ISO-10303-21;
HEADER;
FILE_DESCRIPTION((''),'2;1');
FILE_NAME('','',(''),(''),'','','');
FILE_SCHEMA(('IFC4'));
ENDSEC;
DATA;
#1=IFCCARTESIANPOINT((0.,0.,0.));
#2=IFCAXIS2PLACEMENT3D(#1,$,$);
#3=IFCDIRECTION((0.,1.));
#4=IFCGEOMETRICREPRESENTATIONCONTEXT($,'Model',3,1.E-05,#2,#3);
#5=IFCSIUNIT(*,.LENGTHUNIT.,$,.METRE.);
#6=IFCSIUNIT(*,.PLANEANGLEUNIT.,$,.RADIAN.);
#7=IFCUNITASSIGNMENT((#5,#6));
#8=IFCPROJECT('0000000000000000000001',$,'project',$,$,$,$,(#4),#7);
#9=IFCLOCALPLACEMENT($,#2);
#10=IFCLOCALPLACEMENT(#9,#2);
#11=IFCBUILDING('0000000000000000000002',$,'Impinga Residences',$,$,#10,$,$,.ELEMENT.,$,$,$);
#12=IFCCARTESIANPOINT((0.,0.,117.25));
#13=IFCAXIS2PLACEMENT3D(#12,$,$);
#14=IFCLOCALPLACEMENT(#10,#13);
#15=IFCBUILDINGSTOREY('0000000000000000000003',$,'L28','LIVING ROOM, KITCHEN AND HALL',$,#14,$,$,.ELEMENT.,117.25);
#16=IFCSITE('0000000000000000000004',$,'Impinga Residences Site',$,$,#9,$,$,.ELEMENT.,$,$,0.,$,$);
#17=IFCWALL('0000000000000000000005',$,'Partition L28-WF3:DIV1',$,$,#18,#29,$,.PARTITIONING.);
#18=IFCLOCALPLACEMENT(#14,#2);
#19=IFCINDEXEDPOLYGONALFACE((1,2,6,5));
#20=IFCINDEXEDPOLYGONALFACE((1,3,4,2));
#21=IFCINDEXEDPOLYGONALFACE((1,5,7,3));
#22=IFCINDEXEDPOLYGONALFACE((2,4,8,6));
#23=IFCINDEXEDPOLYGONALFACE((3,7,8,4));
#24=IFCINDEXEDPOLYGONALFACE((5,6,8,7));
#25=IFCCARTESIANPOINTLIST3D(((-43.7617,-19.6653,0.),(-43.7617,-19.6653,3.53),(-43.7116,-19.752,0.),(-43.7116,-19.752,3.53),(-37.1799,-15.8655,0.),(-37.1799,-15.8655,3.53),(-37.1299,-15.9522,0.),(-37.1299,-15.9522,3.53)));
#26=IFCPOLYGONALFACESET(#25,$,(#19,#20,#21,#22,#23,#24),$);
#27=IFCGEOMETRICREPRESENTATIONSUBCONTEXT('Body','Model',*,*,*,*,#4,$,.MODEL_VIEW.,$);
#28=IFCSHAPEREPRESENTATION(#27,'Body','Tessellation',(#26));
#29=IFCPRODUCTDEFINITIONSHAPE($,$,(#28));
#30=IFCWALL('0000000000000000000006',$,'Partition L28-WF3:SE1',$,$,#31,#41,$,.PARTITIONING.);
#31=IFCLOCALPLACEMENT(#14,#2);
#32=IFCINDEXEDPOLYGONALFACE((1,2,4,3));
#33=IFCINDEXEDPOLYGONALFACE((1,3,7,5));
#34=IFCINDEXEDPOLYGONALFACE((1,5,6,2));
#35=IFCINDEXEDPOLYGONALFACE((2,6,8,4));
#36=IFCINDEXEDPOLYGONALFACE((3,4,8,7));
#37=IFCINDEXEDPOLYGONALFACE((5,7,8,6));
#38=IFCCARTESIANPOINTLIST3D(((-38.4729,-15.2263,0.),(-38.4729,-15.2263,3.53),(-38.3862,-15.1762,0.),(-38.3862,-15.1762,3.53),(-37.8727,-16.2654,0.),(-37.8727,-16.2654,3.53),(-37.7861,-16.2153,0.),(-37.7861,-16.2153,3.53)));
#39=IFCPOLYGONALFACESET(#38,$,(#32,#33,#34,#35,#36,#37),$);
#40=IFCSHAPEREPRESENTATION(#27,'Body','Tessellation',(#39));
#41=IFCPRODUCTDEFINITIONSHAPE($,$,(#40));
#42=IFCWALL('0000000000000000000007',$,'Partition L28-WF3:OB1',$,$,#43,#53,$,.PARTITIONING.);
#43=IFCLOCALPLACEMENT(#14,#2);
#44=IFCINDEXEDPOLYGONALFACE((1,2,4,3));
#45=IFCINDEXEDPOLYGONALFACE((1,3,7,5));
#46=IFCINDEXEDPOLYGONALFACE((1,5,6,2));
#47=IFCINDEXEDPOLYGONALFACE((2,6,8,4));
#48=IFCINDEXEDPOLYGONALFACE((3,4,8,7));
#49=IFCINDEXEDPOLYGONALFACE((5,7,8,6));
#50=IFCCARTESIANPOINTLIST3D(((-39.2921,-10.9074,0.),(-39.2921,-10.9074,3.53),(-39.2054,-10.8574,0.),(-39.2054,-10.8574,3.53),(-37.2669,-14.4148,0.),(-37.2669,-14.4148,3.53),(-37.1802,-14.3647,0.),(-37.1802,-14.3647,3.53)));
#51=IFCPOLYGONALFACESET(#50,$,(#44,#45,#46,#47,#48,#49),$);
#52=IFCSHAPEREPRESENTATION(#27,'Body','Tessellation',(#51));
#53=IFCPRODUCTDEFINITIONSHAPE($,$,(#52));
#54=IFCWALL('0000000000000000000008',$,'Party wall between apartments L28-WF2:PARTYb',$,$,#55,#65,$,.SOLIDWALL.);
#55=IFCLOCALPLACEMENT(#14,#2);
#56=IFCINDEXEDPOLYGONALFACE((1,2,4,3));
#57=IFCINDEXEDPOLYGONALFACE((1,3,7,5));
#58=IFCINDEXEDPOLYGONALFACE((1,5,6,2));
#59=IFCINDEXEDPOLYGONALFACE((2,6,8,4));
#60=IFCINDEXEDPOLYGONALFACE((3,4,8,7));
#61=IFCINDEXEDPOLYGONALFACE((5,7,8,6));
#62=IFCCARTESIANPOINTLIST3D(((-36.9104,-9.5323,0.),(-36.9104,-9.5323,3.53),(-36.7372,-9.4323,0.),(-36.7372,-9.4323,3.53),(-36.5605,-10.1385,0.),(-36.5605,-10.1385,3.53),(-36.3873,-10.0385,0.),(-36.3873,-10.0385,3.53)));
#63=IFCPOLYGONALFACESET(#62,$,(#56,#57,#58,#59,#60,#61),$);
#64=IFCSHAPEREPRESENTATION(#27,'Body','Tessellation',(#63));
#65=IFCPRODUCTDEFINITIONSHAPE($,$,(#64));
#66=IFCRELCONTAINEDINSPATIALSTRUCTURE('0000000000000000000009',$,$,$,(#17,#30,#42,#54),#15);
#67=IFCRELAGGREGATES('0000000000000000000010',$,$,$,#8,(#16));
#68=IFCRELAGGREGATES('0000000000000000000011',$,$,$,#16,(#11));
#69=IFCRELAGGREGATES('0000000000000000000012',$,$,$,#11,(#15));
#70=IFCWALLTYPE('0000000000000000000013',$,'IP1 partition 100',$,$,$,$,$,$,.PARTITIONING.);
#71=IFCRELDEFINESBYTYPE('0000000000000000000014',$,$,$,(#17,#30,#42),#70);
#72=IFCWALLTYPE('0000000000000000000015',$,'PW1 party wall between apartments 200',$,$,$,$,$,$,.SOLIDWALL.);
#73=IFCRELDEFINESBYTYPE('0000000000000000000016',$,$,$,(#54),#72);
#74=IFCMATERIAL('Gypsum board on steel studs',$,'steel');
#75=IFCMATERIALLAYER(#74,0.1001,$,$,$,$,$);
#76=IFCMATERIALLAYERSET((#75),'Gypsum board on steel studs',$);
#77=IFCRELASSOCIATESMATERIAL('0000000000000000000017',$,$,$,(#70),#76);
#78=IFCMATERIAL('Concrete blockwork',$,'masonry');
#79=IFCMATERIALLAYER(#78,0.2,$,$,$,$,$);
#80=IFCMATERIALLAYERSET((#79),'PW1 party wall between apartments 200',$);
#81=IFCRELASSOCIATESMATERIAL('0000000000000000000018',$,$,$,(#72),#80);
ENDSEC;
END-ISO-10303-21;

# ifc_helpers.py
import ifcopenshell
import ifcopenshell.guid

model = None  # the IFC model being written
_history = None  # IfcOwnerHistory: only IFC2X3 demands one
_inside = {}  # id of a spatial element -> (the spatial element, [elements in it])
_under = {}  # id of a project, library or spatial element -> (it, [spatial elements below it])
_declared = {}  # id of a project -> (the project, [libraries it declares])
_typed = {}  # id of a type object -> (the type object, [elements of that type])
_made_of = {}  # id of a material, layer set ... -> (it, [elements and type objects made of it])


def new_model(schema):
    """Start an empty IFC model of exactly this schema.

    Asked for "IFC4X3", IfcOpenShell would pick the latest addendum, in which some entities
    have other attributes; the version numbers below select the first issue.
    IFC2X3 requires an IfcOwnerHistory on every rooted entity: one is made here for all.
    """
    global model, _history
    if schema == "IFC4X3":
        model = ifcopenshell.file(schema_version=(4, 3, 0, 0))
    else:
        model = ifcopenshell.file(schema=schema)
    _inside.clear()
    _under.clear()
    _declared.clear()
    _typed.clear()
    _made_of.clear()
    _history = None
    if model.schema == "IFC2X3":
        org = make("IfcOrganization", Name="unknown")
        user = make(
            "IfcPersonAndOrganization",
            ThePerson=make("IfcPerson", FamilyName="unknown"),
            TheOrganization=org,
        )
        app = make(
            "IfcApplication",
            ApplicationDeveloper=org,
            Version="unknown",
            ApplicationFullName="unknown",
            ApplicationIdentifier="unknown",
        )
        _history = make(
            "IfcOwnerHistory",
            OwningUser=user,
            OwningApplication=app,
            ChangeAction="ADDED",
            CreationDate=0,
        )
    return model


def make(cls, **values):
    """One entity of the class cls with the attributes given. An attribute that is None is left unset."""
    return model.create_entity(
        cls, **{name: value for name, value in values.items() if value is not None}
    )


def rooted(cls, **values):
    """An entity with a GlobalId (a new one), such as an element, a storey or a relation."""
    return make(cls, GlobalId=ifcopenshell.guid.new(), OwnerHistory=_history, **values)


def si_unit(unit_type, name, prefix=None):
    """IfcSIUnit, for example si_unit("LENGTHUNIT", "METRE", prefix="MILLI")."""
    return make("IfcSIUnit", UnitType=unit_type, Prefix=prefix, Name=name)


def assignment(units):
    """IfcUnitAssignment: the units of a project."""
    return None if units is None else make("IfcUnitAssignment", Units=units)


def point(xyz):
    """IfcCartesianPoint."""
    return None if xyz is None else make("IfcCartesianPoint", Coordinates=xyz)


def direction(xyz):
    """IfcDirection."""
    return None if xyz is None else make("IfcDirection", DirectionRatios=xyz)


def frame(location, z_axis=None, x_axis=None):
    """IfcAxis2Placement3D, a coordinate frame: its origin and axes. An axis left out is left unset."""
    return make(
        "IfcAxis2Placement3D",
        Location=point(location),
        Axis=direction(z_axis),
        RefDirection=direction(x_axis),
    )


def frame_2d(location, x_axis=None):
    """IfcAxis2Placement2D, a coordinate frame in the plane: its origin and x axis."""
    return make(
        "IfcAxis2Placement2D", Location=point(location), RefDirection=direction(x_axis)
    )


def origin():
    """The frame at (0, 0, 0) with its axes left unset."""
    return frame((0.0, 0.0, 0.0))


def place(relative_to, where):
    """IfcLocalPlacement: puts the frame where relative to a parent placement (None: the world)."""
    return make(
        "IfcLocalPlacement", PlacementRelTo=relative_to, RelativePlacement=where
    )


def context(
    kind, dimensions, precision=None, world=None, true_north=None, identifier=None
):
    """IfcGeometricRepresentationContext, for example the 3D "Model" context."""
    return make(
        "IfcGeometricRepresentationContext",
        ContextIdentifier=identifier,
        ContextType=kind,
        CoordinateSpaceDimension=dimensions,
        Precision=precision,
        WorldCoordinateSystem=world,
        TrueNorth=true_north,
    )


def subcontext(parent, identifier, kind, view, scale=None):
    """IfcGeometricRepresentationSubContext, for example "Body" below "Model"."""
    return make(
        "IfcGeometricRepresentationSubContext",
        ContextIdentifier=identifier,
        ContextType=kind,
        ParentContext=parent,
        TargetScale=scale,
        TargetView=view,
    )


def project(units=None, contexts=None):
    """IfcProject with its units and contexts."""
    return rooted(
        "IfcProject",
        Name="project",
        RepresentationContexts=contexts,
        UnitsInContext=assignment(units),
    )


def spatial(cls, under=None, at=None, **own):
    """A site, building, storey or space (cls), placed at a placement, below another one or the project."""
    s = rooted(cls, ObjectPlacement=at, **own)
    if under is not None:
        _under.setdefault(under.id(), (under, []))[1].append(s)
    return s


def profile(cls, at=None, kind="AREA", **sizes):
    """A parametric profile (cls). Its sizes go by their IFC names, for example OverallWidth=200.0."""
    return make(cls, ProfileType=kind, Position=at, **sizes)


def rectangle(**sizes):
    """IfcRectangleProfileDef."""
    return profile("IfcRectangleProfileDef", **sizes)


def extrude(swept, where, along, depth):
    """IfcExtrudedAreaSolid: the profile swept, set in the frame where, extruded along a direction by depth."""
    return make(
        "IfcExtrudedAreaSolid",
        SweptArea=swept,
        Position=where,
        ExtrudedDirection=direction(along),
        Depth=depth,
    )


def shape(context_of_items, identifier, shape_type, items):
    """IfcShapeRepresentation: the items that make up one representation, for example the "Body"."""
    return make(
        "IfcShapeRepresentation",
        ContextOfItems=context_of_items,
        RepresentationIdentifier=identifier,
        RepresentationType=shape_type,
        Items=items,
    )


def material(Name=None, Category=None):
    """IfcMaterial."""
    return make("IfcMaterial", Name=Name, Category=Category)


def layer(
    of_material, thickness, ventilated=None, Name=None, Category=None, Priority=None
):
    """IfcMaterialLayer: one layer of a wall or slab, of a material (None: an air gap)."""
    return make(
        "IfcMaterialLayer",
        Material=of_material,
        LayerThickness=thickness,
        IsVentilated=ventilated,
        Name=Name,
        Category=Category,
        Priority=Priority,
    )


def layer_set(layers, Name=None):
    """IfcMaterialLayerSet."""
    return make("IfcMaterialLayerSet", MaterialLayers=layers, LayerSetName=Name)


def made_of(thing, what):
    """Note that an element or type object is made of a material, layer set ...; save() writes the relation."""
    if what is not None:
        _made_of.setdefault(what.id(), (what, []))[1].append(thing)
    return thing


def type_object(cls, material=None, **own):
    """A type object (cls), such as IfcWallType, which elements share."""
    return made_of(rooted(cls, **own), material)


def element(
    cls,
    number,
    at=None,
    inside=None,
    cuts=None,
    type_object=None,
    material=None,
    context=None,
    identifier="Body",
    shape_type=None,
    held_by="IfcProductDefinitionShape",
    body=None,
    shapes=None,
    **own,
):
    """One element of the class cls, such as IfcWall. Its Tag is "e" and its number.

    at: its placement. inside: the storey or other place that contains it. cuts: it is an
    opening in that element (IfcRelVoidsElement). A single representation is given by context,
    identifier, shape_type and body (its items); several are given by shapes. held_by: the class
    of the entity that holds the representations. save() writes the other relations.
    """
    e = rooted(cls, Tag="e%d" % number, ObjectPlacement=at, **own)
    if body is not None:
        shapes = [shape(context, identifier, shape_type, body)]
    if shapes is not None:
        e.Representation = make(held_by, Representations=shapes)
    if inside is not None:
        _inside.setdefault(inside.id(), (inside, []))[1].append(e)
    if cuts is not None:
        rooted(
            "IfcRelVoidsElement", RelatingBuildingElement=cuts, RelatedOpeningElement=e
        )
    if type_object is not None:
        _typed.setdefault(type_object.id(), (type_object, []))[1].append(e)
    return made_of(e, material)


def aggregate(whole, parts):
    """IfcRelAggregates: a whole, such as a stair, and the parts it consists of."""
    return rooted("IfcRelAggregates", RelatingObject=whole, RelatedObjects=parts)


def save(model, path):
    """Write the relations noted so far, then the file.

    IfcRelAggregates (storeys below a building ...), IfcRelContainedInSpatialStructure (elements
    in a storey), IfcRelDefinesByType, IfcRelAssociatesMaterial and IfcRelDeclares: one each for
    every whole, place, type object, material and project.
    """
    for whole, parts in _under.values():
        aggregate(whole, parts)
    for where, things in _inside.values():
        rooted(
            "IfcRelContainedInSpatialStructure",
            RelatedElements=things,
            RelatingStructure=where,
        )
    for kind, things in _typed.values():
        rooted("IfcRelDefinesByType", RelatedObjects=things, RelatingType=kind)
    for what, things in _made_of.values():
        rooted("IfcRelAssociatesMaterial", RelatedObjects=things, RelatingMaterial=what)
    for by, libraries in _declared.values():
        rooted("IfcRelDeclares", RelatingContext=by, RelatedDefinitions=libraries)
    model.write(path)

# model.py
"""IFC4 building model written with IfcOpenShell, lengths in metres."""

from ifc_helpers import new_model, si_unit, direction, frame, frame_2d, origin, place, context, subcontext, project, spatial, rectangle, extrude, material, layer, layer_set, type_object, element, save


model = new_model("IFC4")

# Units and contexts
model_context = context("Model", 3, precision=1e-05, world=origin(), true_north=direction((0.0, 1.0)))
body_context = subcontext(model_context, "Body", "Model", "MODEL_VIEW")
ifc_project = project(units=[si_unit("LENGTHUNIT", "METRE"), si_unit("PLANEANGLEUNIT", "RADIAN")], contexts=[model_context])

# Site, building, storey
site_placement = place(None, origin())
site = spatial("IfcSite", under=ifc_project, at=site_placement, Name="Impinga Residences Site", CompositionType="ELEMENT", RefElevation=0.0)
building_placement = place(site_placement, origin())
building = spatial("IfcBuilding", under=site, at=building_placement, Name="Impinga Residences", CompositionType="ELEMENT")
storey_placement = place(building_placement, frame((0.0, 0.0, 117.25)))
storey = spatial("IfcBuildingStorey", under=building, at=storey_placement, Name="L28", Description="LIVING ROOM, KITCHEN AND HALL", CompositionType="ELEMENT", Elevation=117.25)

# Walls
ifc_material_1 = material(Name="Gypsum board on steel studs", Category="steel")
ifc_layer_1 = layer(ifc_material_1, 0.1001)
ifc_layer_set_1 = layer_set([ifc_layer_1], Name="Gypsum board on steel studs")
wall_type_1 = type_object("IfcWallType", Name="IP1 partition 100", PredefinedType="PARTITIONING", material=ifc_layer_set_1)
wall_1_placement = place(storey_placement, frame((-37.155, -15.9089, 0.0), z_axis=(0.0, 0.0, 1.0), x_axis=(-0.866036, -0.499981, 0.0)))
element("IfcWall", 1, at=wall_1_placement, inside=storey, type_object=wall_type_1, Name="Partition L28-WF3:DIV1", PredefinedType="PARTITIONING", context=body_context, shape_type="SweptSolid", body=[
    extrude(rectangle(XDim=7.5999, YDim=0.1001, at=frame_2d((3.7998, 0.0))), origin(), (0.0, 0.0, 1.0), 3.53),
])
wall_2_placement = place(storey_placement, frame((-37.8293, -16.2405, 0.0), z_axis=(0.0, 0.0, 1.0), x_axis=(-0.500122, 0.865955, 0.0)))
element("IfcWall", 2, at=wall_2_placement, inside=storey, type_object=wall_type_1, Name="Partition L28-WF3:SE1", PredefinedType="PARTITIONING", context=body_context, shape_type="SweptSolid", body=[
    extrude(rectangle(XDim=1.2, YDim=0.1001, at=frame_2d((0.6001, 0.0))), origin(), (0.0, 0.0, 1.0), 3.53),
])
wall_3_placement = place(storey_placement, frame((-37.2236, -14.3896, 0.0), z_axis=(0.0, 0.0, 1.0), x_axis=(-0.500036, 0.866005, 0.0)))
element("IfcWall", 3, at=wall_3_placement, inside=storey, type_object=wall_type_1, Name="Partition L28-WF3:OB1", PredefinedType="PARTITIONING", context=body_context, shape_type="SweptSolid", body=[
    extrude(rectangle(XDim=4.05, YDim=0.1001, at=frame_2d((2.0249, 0.0))), origin(), (0.0, 0.0, 1.0), 3.53),
])
ifc_material_2 = material(Name="Concrete blockwork", Category="masonry")
ifc_layer_2 = layer(ifc_material_2, 0.2)
ifc_layer_set_2 = layer_set([ifc_layer_2], Name="PW1 party wall between apartments 200")
wall_type_2 = type_object("IfcWallType", Name="PW1 party wall between apartments 200", PredefinedType="SOLIDWALL", material=ifc_layer_set_2)
wall_4_placement = place(storey_placement, frame((-36.4739, -10.0886, 0.0), z_axis=(0.0, 0.0, 1.0), x_axis=(-0.499853, 0.86611, 0.0)))
element("IfcWall", 4, at=wall_4_placement, inside=storey, type_object=wall_type_2, Name="Party wall between apartments L28-WF2:PARTYb", PredefinedType="SOLIDWALL", context=body_context, shape_type="SweptSolid", body=[
    extrude(rectangle(XDim=0.7, YDim=0.2, at=frame_2d((0.3501, 0.0))), origin(), (0.0, 0.0, 1.0), 3.53),
])

save(model, "model.ifc")
